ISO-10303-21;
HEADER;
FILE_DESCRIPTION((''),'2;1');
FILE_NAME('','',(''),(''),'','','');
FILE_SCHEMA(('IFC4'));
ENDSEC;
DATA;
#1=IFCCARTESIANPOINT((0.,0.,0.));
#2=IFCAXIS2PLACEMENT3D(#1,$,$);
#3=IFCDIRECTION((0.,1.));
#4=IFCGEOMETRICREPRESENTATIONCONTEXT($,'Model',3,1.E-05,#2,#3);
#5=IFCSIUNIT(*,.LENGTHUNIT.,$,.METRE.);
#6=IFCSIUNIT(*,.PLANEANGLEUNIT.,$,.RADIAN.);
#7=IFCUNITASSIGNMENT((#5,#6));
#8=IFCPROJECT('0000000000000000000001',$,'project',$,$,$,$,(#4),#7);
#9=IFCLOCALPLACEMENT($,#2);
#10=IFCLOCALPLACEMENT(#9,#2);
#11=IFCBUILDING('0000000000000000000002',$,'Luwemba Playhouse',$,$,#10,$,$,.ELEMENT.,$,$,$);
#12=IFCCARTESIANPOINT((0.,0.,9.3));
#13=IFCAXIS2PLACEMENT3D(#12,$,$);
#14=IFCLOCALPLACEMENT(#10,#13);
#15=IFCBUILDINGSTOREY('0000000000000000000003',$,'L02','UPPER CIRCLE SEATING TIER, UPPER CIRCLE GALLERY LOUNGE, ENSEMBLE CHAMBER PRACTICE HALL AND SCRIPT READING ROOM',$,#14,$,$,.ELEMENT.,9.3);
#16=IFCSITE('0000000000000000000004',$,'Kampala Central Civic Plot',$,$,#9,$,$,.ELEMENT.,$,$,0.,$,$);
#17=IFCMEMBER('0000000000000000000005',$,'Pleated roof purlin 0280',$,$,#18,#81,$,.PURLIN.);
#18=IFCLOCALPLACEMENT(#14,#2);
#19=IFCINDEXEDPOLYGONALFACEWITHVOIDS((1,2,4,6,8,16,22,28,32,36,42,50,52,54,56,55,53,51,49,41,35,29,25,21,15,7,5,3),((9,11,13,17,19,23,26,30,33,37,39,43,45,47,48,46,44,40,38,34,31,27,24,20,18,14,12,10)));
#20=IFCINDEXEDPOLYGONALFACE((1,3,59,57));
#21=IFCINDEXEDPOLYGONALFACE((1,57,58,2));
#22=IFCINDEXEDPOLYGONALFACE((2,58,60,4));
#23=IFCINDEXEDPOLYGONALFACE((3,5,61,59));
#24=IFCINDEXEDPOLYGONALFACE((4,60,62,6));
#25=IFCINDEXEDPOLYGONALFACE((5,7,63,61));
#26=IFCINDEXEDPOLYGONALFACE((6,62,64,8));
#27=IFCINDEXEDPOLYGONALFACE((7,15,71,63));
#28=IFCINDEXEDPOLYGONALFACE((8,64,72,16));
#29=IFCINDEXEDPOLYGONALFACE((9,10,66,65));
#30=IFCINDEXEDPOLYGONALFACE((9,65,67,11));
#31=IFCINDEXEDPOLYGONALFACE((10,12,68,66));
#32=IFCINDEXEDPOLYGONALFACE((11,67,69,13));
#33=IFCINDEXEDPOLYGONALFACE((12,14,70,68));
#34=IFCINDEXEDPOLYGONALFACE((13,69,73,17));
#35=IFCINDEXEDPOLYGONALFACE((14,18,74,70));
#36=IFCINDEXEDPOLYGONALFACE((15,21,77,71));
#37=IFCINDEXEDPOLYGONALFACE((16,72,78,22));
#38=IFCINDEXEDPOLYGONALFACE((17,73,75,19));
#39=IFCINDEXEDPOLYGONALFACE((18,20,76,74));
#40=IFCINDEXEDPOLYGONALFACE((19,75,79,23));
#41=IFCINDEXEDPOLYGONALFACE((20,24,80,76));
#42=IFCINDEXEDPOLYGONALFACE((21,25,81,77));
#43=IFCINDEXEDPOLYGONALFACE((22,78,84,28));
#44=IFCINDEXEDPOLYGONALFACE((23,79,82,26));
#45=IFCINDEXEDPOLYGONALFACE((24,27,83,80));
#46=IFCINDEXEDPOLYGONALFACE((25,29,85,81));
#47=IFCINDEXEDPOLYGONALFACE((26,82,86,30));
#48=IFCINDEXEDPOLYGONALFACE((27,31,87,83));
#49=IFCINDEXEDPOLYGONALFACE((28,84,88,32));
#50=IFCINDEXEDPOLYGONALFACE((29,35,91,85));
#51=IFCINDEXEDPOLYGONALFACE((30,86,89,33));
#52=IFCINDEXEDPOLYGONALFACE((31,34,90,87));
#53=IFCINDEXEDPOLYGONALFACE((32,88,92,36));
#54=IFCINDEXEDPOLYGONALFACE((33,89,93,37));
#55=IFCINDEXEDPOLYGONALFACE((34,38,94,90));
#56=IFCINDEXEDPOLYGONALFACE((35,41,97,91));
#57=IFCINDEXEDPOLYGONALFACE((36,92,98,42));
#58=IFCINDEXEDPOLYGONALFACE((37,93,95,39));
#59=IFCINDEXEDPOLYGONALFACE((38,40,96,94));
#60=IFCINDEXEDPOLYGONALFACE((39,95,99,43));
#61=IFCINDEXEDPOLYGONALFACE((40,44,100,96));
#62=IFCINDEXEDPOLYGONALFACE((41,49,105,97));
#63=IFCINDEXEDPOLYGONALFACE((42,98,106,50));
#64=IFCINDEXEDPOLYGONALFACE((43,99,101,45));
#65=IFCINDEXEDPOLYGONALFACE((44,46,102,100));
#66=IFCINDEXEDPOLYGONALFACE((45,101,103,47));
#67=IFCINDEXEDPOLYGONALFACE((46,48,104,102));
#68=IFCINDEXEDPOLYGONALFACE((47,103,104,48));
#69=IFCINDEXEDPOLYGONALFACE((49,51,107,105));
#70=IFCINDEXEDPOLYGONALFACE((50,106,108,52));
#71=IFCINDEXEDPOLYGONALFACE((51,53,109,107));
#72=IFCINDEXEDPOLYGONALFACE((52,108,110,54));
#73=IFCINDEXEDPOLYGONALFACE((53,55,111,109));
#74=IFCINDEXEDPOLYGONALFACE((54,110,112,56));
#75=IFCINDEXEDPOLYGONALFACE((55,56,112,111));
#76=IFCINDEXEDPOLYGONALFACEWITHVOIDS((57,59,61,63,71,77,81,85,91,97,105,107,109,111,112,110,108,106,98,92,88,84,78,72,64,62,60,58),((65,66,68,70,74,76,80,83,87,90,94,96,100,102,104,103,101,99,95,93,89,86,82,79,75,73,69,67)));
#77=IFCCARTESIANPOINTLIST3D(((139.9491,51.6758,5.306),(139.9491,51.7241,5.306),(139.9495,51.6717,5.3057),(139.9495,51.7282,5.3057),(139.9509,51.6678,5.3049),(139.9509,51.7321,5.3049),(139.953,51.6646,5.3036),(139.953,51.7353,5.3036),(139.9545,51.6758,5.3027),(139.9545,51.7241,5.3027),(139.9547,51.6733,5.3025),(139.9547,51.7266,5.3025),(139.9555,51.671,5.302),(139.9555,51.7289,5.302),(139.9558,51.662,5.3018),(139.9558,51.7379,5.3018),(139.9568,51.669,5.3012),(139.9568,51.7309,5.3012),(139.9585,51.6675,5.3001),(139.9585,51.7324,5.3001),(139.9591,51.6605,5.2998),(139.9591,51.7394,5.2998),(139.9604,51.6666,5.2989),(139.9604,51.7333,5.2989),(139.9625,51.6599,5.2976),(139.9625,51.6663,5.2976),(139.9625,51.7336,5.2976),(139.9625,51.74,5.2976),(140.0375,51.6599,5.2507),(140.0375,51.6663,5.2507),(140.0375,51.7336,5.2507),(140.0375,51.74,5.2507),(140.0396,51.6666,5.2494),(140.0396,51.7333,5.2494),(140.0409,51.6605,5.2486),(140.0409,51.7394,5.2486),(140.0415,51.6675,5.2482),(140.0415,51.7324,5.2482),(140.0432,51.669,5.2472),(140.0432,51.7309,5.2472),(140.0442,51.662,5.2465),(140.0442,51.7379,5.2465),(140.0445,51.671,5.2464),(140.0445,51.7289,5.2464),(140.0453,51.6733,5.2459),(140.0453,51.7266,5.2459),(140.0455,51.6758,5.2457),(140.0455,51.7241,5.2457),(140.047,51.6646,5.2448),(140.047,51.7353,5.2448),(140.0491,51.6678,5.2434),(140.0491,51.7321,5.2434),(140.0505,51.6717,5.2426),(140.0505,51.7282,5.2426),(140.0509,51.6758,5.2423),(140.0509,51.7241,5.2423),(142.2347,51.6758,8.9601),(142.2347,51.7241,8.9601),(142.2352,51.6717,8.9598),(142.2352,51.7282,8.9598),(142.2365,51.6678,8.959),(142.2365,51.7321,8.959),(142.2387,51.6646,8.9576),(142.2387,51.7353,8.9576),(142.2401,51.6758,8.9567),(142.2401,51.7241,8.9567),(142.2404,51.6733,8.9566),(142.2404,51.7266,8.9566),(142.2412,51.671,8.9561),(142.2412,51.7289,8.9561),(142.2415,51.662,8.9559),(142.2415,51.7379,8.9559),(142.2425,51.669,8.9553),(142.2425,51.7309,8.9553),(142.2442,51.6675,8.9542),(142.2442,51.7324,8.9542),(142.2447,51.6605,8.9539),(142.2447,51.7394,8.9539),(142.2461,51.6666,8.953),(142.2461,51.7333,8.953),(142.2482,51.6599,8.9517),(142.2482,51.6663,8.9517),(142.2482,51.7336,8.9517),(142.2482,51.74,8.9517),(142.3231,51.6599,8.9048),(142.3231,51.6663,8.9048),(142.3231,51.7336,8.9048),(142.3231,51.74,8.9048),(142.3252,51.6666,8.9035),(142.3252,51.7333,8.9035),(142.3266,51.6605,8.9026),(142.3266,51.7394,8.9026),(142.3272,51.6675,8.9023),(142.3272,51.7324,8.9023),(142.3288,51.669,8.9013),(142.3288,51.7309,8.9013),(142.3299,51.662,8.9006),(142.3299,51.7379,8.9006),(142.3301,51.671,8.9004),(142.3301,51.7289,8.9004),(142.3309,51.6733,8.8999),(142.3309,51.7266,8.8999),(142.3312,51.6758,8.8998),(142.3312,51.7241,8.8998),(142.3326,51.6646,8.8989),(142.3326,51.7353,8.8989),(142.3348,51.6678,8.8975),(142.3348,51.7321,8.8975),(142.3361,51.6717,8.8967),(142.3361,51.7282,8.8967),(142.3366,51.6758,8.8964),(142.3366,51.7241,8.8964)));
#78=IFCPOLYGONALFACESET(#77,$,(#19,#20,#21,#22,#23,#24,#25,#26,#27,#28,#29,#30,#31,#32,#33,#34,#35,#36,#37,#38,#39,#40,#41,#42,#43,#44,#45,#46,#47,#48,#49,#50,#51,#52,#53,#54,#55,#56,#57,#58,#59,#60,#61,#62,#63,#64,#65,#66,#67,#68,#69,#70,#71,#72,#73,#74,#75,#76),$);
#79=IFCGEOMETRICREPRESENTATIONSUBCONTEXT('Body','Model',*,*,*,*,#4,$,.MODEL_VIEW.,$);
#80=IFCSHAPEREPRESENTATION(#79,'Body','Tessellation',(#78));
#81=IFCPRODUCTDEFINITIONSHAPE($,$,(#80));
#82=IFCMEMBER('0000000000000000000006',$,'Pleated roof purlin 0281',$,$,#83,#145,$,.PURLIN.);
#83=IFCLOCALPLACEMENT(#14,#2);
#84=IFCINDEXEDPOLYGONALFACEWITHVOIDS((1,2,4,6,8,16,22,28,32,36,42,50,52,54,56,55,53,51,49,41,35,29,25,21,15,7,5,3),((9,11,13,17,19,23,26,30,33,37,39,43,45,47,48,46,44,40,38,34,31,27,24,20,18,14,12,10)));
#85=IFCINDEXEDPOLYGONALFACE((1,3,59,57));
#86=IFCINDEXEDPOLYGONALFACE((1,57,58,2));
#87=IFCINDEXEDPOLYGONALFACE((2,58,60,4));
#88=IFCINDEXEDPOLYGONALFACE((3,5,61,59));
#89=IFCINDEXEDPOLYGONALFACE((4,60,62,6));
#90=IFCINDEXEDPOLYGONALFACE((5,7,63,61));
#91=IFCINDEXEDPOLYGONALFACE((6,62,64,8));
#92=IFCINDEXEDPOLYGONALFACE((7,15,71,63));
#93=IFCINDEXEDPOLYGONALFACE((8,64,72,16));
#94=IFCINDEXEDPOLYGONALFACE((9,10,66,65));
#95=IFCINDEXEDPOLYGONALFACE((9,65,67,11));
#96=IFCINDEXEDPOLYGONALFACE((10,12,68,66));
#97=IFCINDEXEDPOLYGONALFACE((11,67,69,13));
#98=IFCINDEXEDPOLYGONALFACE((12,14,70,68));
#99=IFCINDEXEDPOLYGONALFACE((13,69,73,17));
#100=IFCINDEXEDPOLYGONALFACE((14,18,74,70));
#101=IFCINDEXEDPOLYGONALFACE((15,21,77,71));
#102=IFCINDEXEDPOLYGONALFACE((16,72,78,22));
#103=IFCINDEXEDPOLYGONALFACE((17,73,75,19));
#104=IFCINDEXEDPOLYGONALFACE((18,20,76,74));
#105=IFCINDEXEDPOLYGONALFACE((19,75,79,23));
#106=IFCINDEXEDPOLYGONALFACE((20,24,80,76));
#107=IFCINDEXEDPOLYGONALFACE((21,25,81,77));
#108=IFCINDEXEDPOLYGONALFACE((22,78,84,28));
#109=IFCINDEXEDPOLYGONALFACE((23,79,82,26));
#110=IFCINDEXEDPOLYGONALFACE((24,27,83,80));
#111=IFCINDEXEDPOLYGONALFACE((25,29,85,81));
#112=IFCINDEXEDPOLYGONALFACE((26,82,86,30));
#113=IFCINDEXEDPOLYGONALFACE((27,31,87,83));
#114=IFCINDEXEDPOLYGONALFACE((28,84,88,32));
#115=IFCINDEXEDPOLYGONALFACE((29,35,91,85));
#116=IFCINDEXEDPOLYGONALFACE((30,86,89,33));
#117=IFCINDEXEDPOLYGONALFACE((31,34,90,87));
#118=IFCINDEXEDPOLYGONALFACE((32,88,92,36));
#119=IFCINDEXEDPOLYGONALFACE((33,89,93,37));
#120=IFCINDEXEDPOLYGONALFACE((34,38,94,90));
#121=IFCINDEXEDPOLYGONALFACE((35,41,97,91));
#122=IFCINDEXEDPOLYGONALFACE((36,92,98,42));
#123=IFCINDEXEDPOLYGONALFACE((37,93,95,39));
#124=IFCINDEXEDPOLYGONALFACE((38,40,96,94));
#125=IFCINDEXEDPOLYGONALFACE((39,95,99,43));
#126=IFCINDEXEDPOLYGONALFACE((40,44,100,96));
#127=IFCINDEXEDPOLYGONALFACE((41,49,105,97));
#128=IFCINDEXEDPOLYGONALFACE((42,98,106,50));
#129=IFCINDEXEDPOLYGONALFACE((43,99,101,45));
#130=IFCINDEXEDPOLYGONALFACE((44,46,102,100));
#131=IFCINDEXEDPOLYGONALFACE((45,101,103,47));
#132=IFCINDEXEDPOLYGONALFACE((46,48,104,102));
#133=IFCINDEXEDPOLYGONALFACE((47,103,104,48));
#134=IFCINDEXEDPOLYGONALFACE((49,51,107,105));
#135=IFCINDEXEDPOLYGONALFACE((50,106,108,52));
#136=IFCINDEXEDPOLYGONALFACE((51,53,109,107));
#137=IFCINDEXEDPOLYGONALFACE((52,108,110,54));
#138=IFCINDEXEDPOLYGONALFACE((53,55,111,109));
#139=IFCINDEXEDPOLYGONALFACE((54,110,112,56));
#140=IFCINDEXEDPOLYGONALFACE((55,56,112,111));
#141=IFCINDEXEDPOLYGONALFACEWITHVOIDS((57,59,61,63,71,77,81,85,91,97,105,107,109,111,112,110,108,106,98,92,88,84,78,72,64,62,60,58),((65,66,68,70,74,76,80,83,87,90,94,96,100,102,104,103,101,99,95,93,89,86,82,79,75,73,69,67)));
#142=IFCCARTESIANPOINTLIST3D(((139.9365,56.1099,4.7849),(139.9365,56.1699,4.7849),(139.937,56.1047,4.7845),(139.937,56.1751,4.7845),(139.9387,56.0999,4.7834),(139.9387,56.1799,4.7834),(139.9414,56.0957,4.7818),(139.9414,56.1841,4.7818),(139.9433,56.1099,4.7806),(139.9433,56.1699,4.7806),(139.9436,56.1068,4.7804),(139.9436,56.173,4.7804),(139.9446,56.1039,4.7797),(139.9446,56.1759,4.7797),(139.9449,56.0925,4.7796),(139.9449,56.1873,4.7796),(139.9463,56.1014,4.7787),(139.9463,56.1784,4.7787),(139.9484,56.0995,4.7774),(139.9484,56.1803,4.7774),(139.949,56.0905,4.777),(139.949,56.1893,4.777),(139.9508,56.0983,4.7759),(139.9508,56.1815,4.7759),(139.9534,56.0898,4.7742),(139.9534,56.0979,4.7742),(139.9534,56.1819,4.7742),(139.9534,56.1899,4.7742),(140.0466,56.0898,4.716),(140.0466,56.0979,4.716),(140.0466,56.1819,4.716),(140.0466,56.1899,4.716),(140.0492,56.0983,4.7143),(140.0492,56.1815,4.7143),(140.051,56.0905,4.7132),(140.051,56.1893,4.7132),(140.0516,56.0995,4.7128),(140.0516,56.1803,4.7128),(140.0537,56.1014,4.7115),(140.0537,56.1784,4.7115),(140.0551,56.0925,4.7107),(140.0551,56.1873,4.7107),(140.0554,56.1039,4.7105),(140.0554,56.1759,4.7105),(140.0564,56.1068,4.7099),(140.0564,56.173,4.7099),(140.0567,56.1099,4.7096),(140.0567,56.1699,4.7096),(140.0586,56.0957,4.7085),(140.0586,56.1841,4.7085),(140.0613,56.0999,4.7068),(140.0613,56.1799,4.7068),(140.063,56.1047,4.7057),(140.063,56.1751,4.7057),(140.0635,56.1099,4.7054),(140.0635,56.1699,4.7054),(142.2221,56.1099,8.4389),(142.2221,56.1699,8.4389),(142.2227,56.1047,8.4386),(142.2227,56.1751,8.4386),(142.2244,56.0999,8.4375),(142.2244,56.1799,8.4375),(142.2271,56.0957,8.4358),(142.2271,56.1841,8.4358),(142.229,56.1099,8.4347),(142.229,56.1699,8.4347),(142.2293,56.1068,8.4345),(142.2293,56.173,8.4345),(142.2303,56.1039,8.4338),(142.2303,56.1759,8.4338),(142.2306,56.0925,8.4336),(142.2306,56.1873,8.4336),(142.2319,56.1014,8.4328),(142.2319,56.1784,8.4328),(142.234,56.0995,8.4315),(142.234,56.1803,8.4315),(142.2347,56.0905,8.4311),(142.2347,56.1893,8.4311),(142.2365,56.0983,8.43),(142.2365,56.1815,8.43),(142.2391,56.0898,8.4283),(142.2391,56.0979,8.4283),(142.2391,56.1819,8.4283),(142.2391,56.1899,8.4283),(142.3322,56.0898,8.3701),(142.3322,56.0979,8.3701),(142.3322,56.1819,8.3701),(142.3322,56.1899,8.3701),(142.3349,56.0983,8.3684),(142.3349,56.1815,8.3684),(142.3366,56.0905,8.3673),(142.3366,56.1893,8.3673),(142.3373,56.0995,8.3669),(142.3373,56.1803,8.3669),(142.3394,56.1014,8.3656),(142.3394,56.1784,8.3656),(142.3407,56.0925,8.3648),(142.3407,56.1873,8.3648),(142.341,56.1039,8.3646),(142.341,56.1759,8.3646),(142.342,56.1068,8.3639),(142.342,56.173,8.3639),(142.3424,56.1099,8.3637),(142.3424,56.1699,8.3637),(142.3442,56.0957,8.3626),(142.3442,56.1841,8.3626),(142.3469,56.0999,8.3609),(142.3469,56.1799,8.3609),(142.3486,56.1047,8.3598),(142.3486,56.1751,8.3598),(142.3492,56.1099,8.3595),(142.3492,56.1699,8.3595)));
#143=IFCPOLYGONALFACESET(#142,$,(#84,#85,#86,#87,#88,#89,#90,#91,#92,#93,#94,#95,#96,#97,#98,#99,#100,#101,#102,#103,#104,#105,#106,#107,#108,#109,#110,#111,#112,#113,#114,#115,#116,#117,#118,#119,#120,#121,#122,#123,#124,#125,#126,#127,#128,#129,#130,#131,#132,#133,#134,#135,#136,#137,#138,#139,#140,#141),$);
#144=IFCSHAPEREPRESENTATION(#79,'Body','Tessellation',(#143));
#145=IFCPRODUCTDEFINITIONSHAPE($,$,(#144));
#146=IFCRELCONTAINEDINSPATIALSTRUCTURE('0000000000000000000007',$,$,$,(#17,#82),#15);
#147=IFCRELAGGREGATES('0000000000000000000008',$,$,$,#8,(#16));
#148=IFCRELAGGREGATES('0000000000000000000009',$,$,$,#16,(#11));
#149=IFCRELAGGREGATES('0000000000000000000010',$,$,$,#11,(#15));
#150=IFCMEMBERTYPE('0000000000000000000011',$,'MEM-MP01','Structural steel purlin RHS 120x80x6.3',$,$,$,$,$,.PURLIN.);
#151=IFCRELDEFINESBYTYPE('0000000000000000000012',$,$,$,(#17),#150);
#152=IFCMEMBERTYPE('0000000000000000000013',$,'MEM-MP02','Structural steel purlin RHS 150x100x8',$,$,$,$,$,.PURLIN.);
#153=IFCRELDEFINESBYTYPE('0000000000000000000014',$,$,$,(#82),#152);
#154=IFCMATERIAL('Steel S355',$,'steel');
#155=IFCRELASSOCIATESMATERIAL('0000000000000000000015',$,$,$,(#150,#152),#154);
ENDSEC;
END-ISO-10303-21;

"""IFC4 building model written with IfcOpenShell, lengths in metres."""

from ifc_helpers import new_model, si_unit, direction, frame, origin, origin_2d, place, context, subcontext, project, spatial, hollow_rectangle, extrude, material, material_profile, profile_set, type_object, element, save


model = new_model("IFC4")

# Units and contexts
model_context = context("Model", 3, precision=1e-05, world=origin(), true_north=direction((0.0, 1.0)))
body_context = subcontext(model_context, "Body", "Model", "MODEL_VIEW")
ifc_project = project(units=[si_unit("LENGTHUNIT", "METRE"), si_unit("PLANEANGLEUNIT", "RADIAN")], contexts=[model_context])

# Site, building, storey
site_placement = place(None, origin())
site = spatial("IfcSite", under=ifc_project, at=site_placement, Name="Kampala Central Civic Plot", CompositionType="ELEMENT", RefElevation=0.0)
building_placement = place(site_placement, origin())
building = spatial("IfcBuilding", under=site, at=building_placement, Name="Luwemba Playhouse", CompositionType="ELEMENT")
storey_placement = place(building_placement, frame((0.0, 0.0, 9.3)))
storey = spatial("IfcBuildingStorey", under=building, at=storey_placement, Name="L02", Description="UPPER CIRCLE SEATING TIER, UPPER CIRCLE GALLERY LOUNGE, ENSEMBLE CHAMBER PRACTICE HALL AND SCRIPT READING ROOM", CompositionType="ELEMENT", Elevation=9.3)

# Shared definitions
ifc_material_1 = material(Name="Steel S355", Category="steel")

# Members
ifc_material_profile_1 = material_profile(ifc_material_1, hollow_rectangle(XDim=0.0801, YDim=0.1201, WallThickness=0.0063, InnerFilletRadius=0.0095, OuterFilletRadius=0.0159, at=origin_2d()))
ifc_profile_set_1 = profile_set([ifc_material_profile_1], Name="Steel S355")
member_type_1 = type_object("IfcMemberType", Name="MEM-MP01", Description="Structural steel purlin RHS 120x80x6.3", PredefinedType="PURLIN", material=ifc_profile_set_1)
member_1_placement = place(storey_placement, frame((140.0, 51.7, 5.2742), z_axis=(0.530309, 0.0, 0.847804), x_axis=(0.0, 1.0, 0.0)))
element("IfcMember", 1, at=member_1_placement, inside=storey, type_object=member_type_1, Name="Pleated roof purlin 0280", PredefinedType="PURLIN", context=body_context, shape_type="SweptSolid", body=[
    extrude(hollow_rectangle(XDim=0.0801, YDim=0.1201, WallThickness=0.0063, InnerFilletRadius=0.0095, OuterFilletRadius=0.0159, at=origin_2d()), origin(), (0.0, 0.0, 1.0), 4.3101),
])
ifc_material_profile_2 = material_profile(ifc_material_1, hollow_rectangle(XDim=0.1001, YDim=0.1499, WallThickness=0.0081, InnerFilletRadius=0.012, OuterFilletRadius=0.02, at=origin_2d()))
ifc_profile_set_2 = profile_set([ifc_material_profile_2], Name="Steel S355")
member_type_2 = type_object("IfcMemberType", Name="MEM-MP02", Description="Structural steel purlin RHS 150x100x8", PredefinedType="PURLIN", material=ifc_profile_set_2)
member_2_placement = place(storey_placement, frame((140.0, 56.1399, 4.7451), z_axis=(0.530309, 0.0, 0.847804), x_axis=(0.0, 1.0, 0.0)))
element("IfcMember", 2, at=member_2_placement, inside=storey, type_object=member_type_2, Name="Pleated roof purlin 0281", PredefinedType="PURLIN", context=body_context, shape_type="SweptSolid", body=[
    extrude(hollow_rectangle(XDim=0.1001, YDim=0.1499, WallThickness=0.0081, InnerFilletRadius=0.012, OuterFilletRadius=0.02, at=origin_2d()), origin(), (0.0, 0.0, 1.0), 4.3101),
])

save(model, "model.ifc")
